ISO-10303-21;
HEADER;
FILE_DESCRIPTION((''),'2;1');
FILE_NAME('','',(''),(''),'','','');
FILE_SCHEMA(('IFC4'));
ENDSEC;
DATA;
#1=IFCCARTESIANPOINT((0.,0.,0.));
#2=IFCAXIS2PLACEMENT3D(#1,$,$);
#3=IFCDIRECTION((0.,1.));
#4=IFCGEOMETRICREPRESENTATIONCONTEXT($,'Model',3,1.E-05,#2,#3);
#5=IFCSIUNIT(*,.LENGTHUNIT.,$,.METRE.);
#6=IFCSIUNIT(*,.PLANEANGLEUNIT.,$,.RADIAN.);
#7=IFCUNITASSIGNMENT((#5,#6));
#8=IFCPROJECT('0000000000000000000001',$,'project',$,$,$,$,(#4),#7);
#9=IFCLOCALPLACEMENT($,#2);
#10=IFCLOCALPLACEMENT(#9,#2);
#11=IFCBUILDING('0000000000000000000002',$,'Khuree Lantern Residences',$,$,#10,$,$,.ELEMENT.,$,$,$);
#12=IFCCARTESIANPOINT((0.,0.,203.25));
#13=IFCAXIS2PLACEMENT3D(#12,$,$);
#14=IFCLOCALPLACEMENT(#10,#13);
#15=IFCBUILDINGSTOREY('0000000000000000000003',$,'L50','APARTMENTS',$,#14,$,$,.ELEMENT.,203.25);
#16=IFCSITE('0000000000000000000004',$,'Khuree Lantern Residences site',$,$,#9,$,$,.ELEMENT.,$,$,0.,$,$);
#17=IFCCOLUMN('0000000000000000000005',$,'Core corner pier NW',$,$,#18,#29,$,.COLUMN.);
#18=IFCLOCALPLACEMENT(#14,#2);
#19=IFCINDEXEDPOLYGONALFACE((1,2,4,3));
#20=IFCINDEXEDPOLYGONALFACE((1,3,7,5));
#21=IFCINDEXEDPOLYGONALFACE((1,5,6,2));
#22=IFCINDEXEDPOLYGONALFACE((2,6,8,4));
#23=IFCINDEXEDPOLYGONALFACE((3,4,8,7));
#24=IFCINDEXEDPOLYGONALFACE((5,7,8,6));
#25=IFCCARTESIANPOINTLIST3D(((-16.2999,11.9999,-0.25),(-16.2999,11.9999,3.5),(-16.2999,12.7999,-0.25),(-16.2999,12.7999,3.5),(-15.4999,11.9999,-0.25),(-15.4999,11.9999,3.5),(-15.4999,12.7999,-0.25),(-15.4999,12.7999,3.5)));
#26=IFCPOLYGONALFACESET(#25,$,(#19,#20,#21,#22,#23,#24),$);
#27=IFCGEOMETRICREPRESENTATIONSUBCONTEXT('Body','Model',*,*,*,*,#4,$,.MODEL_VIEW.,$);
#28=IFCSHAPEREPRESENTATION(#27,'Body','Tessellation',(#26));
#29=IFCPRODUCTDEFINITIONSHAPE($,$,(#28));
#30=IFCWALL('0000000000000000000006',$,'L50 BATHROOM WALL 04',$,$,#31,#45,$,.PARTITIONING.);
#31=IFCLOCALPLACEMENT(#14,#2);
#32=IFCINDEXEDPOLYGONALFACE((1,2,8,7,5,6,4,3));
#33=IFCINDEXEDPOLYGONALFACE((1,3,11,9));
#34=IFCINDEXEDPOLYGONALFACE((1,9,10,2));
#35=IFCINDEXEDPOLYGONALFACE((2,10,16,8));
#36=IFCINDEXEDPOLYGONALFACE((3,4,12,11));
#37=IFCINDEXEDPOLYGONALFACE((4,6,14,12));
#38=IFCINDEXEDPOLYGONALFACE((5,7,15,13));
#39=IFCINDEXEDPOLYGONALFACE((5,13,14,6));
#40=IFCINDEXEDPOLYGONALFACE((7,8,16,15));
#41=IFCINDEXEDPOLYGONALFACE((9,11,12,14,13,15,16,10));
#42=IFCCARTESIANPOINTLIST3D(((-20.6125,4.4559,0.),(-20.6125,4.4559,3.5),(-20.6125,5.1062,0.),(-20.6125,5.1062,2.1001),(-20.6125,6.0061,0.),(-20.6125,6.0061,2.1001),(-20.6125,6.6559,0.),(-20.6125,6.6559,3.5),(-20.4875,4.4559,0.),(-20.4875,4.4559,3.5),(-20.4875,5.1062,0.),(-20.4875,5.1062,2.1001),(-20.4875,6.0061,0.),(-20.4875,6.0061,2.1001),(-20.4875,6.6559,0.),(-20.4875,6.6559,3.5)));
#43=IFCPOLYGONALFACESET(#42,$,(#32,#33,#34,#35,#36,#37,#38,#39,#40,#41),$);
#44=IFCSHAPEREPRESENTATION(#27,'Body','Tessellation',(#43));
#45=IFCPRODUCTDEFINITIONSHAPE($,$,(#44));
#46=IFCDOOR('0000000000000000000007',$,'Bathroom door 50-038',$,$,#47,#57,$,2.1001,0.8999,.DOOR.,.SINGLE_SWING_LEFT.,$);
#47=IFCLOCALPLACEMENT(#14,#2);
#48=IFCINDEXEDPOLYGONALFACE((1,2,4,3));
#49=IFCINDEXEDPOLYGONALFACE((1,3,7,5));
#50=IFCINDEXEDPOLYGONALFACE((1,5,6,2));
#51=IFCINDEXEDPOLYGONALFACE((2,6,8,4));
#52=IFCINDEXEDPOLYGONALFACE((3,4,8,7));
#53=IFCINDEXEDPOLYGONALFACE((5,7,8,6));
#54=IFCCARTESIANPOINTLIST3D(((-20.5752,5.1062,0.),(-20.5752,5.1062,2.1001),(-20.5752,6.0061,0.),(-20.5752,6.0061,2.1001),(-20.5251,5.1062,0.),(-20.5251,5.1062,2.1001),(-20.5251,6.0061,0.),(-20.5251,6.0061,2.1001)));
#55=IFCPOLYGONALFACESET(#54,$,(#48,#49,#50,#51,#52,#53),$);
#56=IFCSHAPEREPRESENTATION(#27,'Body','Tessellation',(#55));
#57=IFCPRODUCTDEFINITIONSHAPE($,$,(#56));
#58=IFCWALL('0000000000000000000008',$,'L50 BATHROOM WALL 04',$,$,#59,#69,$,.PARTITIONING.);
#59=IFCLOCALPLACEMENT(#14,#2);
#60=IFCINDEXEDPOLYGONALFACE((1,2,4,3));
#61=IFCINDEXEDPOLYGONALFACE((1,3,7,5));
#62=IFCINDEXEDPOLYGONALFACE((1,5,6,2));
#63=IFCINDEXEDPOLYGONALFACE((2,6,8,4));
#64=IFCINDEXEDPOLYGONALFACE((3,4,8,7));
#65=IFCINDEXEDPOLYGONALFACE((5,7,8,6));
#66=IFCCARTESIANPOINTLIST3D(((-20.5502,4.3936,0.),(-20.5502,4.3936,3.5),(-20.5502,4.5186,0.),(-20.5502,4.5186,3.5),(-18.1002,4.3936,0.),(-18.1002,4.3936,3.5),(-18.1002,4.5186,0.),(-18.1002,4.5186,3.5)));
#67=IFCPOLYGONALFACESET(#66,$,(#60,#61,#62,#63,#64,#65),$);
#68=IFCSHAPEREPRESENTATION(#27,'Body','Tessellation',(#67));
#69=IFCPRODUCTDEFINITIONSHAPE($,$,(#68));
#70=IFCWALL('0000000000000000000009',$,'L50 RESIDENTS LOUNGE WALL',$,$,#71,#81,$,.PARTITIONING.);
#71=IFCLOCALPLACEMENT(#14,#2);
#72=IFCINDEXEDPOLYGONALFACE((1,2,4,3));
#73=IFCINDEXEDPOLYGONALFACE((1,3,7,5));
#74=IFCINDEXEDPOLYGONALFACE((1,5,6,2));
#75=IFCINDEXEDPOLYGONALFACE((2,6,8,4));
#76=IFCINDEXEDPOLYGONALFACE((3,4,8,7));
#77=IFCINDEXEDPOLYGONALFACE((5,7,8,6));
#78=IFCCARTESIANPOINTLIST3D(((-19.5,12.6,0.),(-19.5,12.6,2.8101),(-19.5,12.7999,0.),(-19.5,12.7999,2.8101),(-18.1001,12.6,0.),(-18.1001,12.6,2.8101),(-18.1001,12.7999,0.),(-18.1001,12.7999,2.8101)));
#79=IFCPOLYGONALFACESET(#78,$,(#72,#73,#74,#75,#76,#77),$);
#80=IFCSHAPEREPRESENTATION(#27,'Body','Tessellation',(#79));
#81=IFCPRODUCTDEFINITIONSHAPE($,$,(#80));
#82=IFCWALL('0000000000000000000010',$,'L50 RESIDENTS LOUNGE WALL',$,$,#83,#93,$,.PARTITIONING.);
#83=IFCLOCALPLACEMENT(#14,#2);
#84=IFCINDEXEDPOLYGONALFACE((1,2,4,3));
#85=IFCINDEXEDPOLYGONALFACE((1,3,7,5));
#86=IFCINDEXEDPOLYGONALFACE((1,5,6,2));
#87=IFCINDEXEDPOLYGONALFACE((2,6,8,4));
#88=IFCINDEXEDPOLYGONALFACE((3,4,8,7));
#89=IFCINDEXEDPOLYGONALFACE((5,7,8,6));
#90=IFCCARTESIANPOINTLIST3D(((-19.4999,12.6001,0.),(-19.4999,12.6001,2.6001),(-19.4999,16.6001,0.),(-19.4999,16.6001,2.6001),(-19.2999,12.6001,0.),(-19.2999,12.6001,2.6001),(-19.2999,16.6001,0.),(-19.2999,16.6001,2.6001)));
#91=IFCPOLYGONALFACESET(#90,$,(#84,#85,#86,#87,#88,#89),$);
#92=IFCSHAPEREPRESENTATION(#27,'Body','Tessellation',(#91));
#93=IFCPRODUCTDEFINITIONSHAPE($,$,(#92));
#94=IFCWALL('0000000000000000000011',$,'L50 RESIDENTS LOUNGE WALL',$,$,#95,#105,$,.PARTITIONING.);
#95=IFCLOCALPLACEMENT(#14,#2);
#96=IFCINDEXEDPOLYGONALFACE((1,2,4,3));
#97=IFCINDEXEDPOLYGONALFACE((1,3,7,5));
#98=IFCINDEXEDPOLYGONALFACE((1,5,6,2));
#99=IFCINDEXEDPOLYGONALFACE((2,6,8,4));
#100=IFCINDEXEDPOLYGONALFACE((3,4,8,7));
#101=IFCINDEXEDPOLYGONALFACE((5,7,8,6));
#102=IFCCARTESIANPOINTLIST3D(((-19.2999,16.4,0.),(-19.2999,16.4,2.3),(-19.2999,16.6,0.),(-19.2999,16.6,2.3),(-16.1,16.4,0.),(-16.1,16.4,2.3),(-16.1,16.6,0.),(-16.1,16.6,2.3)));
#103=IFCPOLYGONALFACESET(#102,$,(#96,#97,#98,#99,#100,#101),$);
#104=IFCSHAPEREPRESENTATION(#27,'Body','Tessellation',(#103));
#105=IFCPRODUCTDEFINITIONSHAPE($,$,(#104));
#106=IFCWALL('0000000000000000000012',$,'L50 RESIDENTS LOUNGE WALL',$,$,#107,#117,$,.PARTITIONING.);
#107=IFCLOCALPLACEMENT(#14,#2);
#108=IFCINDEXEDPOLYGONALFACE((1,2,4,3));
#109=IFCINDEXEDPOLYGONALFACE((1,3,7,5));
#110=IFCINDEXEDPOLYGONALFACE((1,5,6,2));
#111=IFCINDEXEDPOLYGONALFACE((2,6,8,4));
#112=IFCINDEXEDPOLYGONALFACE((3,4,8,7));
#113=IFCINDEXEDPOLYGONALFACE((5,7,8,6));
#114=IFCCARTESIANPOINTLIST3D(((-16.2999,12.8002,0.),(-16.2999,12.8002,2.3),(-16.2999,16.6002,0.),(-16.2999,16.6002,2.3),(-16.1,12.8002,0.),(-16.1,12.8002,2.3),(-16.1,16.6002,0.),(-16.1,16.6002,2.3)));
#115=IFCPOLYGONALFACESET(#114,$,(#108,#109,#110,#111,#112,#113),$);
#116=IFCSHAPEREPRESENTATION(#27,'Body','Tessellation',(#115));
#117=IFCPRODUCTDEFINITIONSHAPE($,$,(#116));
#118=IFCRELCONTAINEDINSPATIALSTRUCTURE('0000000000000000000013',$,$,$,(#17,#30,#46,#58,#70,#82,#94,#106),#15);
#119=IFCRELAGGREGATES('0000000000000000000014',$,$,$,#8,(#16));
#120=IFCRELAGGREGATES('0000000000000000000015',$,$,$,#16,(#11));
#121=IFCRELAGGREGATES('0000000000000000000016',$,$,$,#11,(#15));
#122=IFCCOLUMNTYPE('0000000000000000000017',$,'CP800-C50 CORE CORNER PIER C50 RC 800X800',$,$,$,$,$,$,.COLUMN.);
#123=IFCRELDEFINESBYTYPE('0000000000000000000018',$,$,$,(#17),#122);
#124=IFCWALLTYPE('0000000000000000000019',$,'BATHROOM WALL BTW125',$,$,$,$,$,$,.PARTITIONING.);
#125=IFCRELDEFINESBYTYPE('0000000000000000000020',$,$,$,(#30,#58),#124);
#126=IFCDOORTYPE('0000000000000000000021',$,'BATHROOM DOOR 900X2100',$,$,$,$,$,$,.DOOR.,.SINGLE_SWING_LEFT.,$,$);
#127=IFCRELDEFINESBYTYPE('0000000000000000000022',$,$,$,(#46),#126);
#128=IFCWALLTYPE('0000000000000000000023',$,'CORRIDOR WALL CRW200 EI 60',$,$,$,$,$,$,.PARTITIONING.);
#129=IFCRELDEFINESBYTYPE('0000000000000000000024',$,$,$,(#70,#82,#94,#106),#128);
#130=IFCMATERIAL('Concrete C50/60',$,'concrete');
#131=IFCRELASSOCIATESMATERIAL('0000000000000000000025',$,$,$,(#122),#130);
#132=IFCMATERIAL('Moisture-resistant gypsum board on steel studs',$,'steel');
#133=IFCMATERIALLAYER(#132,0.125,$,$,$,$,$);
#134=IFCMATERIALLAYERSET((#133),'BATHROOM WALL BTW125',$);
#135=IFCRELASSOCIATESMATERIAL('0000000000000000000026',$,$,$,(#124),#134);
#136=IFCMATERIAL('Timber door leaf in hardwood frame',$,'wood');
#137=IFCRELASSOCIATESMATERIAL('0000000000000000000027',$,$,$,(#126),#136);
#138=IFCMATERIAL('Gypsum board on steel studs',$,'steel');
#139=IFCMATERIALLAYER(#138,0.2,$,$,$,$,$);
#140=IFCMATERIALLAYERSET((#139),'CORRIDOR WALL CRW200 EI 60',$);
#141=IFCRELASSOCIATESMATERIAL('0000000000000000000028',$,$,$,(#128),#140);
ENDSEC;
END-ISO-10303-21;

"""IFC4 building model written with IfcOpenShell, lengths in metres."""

from ifc_helpers import new_model, si_unit, direction, frame, frame_2d, origin, origin_2d, place, context, subcontext, project, spatial, rectangle, extrude, material, layer, layer_set, material_profile, profile_set, type_object, element, fill, save


model = new_model("IFC4")

# Units and contexts
model_context = context("Model", 3, precision=1e-05, world=origin(), true_north=direction((0.0, 1.0)))
body_context = subcontext(model_context, "Body", "Model", "MODEL_VIEW")
ifc_project = project(units=[si_unit("LENGTHUNIT", "METRE"), si_unit("PLANEANGLEUNIT", "RADIAN")], contexts=[model_context])

# Site, building, storey
site_placement = place(None, origin())
site = spatial("IfcSite", under=ifc_project, at=site_placement, Name="Khuree Lantern Residences site", CompositionType="ELEMENT", RefElevation=0.0)
building_placement = place(site_placement, origin())
building = spatial("IfcBuilding", under=site, at=building_placement, Name="Khuree Lantern Residences", CompositionType="ELEMENT")
storey_placement = place(building_placement, frame((0.0, 0.0, 203.25)))
storey = spatial("IfcBuildingStorey", under=building, at=storey_placement, Name="L50", Description="APARTMENTS", CompositionType="ELEMENT", Elevation=203.25)

# Column
ifc_material_1 = material(Name="Concrete C50/60", Category="concrete")
ifc_material_profile = material_profile(ifc_material_1, rectangle(XDim=0.8, YDim=0.8, at=origin_2d()), Name="RC 800X800")
ifc_profile_set = profile_set([ifc_material_profile], Name="Concrete C50/60")
column_type = type_object("IfcColumnType", Name="CP800-C50 CORE CORNER PIER C50 RC 800X800", PredefinedType="COLUMN", material=ifc_profile_set)
column_placement = place(storey_placement, frame((-15.8999, 12.3999, -0.25), z_axis=(0.0, 0.0, 1.0), x_axis=(1.0, 0.0, 0.0)))
element("IfcColumn", 1, at=column_placement, inside=storey, type_object=column_type, Name="Core corner pier NW", PredefinedType="COLUMN", context=body_context, shape_type="SweptSolid", body=[
    extrude(rectangle(XDim=0.8, YDim=0.8, at=origin_2d()), origin(), (0.0, 0.0, 1.0), 3.75),
])

# Wall, opening, door
ifc_material_2 = material(Name="Moisture-resistant gypsum board on steel studs", Category="steel")
ifc_layer_1 = layer(ifc_material_2, 0.125)
ifc_layer_set_1 = layer_set([ifc_layer_1], Name="BATHROOM WALL BTW125")
wall_type_1 = type_object("IfcWallType", Name="BATHROOM WALL BTW125", PredefinedType="PARTITIONING", material=ifc_layer_set_1)
wall_1_placement = place(storey_placement, frame((-20.55, 6.656, 0.0), z_axis=(0.0, 0.0, 1.0), x_axis=(0.0, -1.0, 0.0)))
wall_1 = element("IfcWall", 2, at=wall_1_placement, inside=storey, type_object=wall_type_1, Name="L50 BATHROOM WALL 04", PredefinedType="PARTITIONING", context=body_context, shape_type="SweptSolid", body=[
    extrude(rectangle(XDim=2.2, YDim=0.125, at=frame_2d((1.1001, 0.0))), origin(), (0.0, 0.0, 1.0), 3.5),
])
opening_1_placement = place(wall_1_placement, frame((0.6499, 0.0, 0.0)))
opening_1 = element("IfcOpeningElement", 3, at=opening_1_placement, cuts=wall_1, PredefinedType="OPENING", context=body_context, shape_type="SweptSolid", body=[
    extrude(rectangle(XDim=0.8999, YDim=2.1001, at=frame_2d((0.45, 1.05))), frame((0.0, 0.0725, 0.0), z_axis=(0.0, -1.0, 0.0), x_axis=(1.0, 0.0, 0.0)), (0.0, 0.0, 1.0), 0.145),
])
ifc_material_3 = material(Name="Timber door leaf in hardwood frame", Category="wood")
door_type_1 = type_object("IfcDoorType", Name="BATHROOM DOOR 900X2100", OperationType="SINGLE_SWING_LEFT", PredefinedType="DOOR", material=ifc_material_3)
door_1_placement = place(opening_1_placement, origin())
door_1 = element("IfcDoor", 4, at=door_1_placement, inside=storey, type_object=door_type_1, Name="Bathroom door 50-038", OperationType="SINGLE_SWING_LEFT", OverallHeight=2.1001, OverallWidth=0.8999, PredefinedType="DOOR", context=body_context, shape_type="SweptSolid", body=[
    extrude(rectangle(XDim=0.8999, YDim=2.1001, at=frame_2d((0.45, 1.05))), frame((0.0, 0.0249, 0.0), z_axis=(0.0, -1.0, 0.0), x_axis=(1.0, 0.0, 0.0)), (0.0, 0.0, 1.0), 0.05),
])
fill(opening_1, door_1)

# Walls
wall_2_placement = place(storey_placement, frame((-18.1001, 4.4561, 0.0), z_axis=(0.0, 0.0, 1.0), x_axis=(-1.0, 0.0, 0.0)))
element("IfcWall", 5, at=wall_2_placement, inside=storey, type_object=wall_type_1, Name="L50 BATHROOM WALL 04", PredefinedType="PARTITIONING", context=body_context, shape_type="SweptSolid", body=[
    extrude(rectangle(XDim=2.45, YDim=0.125, at=frame_2d((1.2251, 0.0))), origin(), (0.0, 0.0, 1.0), 3.5),
])
ifc_material_4 = material(Name="Gypsum board on steel studs", Category="steel")
ifc_layer_2 = layer(ifc_material_4, 0.2)
ifc_layer_set_2 = layer_set([ifc_layer_2], Name="CORRIDOR WALL CRW200 EI 60")
wall_type_2 = type_object("IfcWallType", Name="CORRIDOR WALL CRW200 EI 60", PredefinedType="PARTITIONING", material=ifc_layer_set_2)
wall_3_placement = place(storey_placement, frame((-18.1001, 12.7, 0.0), z_axis=(0.0, 0.0, 1.0), x_axis=(-1.0, 0.0, 0.0)))
element("IfcWall", 6, at=wall_3_placement, inside=storey, type_object=wall_type_2, Name="L50 RESIDENTS LOUNGE WALL", PredefinedType="PARTITIONING", context=body_context, shape_type="SweptSolid", body=[
    extrude(rectangle(XDim=1.3999, YDim=0.2, at=frame_2d((0.7, 0.0))), origin(), (0.0, 0.0, 1.0), 2.8101),
])
wall_4_placement = place(storey_placement, frame((-19.3999, 12.6001, 0.0), z_axis=(0.0, 0.0, 1.0), x_axis=(0.0, 1.0, 0.0)))
element("IfcWall", 7, at=wall_4_placement, inside=storey, type_object=wall_type_2, Name="L50 RESIDENTS LOUNGE WALL", PredefinedType="PARTITIONING", context=body_context, shape_type="SweptSolid", body=[
    extrude(rectangle(XDim=4.0, YDim=0.2, at=frame_2d((2.0, 0.0))), origin(), (0.0, 0.0, 1.0), 2.6001),
])
wall_5_placement = place(storey_placement, frame((-19.3, 16.5, 0.0), z_axis=(0.0, 0.0, 1.0), x_axis=(1.0, 0.0, 0.0)))
element("IfcWall", 8, at=wall_5_placement, inside=storey, type_object=wall_type_2, Name="L50 RESIDENTS LOUNGE WALL", PredefinedType="PARTITIONING", context=body_context, shape_type="SweptSolid", body=[
    extrude(rectangle(XDim=3.2, YDim=0.2, at=frame_2d((1.6001, 0.0))), origin(), (0.0, 0.0, 1.0), 2.3),
])
wall_6_placement = place(storey_placement, frame((-16.2, 16.6001, 0.0), z_axis=(0.0, 0.0, 1.0), x_axis=(0.0, -1.0, 0.0)))
element("IfcWall", 9, at=wall_6_placement, inside=storey, type_object=wall_type_2, Name="L50 RESIDENTS LOUNGE WALL", PredefinedType="PARTITIONING", context=body_context, shape_type="SweptSolid", body=[
    extrude(rectangle(XDim=3.8, YDim=0.2, at=frame_2d((1.8999, 0.0))), origin(), (0.0, 0.0, 1.0), 2.3),
])

save(model, "model.ifc")
